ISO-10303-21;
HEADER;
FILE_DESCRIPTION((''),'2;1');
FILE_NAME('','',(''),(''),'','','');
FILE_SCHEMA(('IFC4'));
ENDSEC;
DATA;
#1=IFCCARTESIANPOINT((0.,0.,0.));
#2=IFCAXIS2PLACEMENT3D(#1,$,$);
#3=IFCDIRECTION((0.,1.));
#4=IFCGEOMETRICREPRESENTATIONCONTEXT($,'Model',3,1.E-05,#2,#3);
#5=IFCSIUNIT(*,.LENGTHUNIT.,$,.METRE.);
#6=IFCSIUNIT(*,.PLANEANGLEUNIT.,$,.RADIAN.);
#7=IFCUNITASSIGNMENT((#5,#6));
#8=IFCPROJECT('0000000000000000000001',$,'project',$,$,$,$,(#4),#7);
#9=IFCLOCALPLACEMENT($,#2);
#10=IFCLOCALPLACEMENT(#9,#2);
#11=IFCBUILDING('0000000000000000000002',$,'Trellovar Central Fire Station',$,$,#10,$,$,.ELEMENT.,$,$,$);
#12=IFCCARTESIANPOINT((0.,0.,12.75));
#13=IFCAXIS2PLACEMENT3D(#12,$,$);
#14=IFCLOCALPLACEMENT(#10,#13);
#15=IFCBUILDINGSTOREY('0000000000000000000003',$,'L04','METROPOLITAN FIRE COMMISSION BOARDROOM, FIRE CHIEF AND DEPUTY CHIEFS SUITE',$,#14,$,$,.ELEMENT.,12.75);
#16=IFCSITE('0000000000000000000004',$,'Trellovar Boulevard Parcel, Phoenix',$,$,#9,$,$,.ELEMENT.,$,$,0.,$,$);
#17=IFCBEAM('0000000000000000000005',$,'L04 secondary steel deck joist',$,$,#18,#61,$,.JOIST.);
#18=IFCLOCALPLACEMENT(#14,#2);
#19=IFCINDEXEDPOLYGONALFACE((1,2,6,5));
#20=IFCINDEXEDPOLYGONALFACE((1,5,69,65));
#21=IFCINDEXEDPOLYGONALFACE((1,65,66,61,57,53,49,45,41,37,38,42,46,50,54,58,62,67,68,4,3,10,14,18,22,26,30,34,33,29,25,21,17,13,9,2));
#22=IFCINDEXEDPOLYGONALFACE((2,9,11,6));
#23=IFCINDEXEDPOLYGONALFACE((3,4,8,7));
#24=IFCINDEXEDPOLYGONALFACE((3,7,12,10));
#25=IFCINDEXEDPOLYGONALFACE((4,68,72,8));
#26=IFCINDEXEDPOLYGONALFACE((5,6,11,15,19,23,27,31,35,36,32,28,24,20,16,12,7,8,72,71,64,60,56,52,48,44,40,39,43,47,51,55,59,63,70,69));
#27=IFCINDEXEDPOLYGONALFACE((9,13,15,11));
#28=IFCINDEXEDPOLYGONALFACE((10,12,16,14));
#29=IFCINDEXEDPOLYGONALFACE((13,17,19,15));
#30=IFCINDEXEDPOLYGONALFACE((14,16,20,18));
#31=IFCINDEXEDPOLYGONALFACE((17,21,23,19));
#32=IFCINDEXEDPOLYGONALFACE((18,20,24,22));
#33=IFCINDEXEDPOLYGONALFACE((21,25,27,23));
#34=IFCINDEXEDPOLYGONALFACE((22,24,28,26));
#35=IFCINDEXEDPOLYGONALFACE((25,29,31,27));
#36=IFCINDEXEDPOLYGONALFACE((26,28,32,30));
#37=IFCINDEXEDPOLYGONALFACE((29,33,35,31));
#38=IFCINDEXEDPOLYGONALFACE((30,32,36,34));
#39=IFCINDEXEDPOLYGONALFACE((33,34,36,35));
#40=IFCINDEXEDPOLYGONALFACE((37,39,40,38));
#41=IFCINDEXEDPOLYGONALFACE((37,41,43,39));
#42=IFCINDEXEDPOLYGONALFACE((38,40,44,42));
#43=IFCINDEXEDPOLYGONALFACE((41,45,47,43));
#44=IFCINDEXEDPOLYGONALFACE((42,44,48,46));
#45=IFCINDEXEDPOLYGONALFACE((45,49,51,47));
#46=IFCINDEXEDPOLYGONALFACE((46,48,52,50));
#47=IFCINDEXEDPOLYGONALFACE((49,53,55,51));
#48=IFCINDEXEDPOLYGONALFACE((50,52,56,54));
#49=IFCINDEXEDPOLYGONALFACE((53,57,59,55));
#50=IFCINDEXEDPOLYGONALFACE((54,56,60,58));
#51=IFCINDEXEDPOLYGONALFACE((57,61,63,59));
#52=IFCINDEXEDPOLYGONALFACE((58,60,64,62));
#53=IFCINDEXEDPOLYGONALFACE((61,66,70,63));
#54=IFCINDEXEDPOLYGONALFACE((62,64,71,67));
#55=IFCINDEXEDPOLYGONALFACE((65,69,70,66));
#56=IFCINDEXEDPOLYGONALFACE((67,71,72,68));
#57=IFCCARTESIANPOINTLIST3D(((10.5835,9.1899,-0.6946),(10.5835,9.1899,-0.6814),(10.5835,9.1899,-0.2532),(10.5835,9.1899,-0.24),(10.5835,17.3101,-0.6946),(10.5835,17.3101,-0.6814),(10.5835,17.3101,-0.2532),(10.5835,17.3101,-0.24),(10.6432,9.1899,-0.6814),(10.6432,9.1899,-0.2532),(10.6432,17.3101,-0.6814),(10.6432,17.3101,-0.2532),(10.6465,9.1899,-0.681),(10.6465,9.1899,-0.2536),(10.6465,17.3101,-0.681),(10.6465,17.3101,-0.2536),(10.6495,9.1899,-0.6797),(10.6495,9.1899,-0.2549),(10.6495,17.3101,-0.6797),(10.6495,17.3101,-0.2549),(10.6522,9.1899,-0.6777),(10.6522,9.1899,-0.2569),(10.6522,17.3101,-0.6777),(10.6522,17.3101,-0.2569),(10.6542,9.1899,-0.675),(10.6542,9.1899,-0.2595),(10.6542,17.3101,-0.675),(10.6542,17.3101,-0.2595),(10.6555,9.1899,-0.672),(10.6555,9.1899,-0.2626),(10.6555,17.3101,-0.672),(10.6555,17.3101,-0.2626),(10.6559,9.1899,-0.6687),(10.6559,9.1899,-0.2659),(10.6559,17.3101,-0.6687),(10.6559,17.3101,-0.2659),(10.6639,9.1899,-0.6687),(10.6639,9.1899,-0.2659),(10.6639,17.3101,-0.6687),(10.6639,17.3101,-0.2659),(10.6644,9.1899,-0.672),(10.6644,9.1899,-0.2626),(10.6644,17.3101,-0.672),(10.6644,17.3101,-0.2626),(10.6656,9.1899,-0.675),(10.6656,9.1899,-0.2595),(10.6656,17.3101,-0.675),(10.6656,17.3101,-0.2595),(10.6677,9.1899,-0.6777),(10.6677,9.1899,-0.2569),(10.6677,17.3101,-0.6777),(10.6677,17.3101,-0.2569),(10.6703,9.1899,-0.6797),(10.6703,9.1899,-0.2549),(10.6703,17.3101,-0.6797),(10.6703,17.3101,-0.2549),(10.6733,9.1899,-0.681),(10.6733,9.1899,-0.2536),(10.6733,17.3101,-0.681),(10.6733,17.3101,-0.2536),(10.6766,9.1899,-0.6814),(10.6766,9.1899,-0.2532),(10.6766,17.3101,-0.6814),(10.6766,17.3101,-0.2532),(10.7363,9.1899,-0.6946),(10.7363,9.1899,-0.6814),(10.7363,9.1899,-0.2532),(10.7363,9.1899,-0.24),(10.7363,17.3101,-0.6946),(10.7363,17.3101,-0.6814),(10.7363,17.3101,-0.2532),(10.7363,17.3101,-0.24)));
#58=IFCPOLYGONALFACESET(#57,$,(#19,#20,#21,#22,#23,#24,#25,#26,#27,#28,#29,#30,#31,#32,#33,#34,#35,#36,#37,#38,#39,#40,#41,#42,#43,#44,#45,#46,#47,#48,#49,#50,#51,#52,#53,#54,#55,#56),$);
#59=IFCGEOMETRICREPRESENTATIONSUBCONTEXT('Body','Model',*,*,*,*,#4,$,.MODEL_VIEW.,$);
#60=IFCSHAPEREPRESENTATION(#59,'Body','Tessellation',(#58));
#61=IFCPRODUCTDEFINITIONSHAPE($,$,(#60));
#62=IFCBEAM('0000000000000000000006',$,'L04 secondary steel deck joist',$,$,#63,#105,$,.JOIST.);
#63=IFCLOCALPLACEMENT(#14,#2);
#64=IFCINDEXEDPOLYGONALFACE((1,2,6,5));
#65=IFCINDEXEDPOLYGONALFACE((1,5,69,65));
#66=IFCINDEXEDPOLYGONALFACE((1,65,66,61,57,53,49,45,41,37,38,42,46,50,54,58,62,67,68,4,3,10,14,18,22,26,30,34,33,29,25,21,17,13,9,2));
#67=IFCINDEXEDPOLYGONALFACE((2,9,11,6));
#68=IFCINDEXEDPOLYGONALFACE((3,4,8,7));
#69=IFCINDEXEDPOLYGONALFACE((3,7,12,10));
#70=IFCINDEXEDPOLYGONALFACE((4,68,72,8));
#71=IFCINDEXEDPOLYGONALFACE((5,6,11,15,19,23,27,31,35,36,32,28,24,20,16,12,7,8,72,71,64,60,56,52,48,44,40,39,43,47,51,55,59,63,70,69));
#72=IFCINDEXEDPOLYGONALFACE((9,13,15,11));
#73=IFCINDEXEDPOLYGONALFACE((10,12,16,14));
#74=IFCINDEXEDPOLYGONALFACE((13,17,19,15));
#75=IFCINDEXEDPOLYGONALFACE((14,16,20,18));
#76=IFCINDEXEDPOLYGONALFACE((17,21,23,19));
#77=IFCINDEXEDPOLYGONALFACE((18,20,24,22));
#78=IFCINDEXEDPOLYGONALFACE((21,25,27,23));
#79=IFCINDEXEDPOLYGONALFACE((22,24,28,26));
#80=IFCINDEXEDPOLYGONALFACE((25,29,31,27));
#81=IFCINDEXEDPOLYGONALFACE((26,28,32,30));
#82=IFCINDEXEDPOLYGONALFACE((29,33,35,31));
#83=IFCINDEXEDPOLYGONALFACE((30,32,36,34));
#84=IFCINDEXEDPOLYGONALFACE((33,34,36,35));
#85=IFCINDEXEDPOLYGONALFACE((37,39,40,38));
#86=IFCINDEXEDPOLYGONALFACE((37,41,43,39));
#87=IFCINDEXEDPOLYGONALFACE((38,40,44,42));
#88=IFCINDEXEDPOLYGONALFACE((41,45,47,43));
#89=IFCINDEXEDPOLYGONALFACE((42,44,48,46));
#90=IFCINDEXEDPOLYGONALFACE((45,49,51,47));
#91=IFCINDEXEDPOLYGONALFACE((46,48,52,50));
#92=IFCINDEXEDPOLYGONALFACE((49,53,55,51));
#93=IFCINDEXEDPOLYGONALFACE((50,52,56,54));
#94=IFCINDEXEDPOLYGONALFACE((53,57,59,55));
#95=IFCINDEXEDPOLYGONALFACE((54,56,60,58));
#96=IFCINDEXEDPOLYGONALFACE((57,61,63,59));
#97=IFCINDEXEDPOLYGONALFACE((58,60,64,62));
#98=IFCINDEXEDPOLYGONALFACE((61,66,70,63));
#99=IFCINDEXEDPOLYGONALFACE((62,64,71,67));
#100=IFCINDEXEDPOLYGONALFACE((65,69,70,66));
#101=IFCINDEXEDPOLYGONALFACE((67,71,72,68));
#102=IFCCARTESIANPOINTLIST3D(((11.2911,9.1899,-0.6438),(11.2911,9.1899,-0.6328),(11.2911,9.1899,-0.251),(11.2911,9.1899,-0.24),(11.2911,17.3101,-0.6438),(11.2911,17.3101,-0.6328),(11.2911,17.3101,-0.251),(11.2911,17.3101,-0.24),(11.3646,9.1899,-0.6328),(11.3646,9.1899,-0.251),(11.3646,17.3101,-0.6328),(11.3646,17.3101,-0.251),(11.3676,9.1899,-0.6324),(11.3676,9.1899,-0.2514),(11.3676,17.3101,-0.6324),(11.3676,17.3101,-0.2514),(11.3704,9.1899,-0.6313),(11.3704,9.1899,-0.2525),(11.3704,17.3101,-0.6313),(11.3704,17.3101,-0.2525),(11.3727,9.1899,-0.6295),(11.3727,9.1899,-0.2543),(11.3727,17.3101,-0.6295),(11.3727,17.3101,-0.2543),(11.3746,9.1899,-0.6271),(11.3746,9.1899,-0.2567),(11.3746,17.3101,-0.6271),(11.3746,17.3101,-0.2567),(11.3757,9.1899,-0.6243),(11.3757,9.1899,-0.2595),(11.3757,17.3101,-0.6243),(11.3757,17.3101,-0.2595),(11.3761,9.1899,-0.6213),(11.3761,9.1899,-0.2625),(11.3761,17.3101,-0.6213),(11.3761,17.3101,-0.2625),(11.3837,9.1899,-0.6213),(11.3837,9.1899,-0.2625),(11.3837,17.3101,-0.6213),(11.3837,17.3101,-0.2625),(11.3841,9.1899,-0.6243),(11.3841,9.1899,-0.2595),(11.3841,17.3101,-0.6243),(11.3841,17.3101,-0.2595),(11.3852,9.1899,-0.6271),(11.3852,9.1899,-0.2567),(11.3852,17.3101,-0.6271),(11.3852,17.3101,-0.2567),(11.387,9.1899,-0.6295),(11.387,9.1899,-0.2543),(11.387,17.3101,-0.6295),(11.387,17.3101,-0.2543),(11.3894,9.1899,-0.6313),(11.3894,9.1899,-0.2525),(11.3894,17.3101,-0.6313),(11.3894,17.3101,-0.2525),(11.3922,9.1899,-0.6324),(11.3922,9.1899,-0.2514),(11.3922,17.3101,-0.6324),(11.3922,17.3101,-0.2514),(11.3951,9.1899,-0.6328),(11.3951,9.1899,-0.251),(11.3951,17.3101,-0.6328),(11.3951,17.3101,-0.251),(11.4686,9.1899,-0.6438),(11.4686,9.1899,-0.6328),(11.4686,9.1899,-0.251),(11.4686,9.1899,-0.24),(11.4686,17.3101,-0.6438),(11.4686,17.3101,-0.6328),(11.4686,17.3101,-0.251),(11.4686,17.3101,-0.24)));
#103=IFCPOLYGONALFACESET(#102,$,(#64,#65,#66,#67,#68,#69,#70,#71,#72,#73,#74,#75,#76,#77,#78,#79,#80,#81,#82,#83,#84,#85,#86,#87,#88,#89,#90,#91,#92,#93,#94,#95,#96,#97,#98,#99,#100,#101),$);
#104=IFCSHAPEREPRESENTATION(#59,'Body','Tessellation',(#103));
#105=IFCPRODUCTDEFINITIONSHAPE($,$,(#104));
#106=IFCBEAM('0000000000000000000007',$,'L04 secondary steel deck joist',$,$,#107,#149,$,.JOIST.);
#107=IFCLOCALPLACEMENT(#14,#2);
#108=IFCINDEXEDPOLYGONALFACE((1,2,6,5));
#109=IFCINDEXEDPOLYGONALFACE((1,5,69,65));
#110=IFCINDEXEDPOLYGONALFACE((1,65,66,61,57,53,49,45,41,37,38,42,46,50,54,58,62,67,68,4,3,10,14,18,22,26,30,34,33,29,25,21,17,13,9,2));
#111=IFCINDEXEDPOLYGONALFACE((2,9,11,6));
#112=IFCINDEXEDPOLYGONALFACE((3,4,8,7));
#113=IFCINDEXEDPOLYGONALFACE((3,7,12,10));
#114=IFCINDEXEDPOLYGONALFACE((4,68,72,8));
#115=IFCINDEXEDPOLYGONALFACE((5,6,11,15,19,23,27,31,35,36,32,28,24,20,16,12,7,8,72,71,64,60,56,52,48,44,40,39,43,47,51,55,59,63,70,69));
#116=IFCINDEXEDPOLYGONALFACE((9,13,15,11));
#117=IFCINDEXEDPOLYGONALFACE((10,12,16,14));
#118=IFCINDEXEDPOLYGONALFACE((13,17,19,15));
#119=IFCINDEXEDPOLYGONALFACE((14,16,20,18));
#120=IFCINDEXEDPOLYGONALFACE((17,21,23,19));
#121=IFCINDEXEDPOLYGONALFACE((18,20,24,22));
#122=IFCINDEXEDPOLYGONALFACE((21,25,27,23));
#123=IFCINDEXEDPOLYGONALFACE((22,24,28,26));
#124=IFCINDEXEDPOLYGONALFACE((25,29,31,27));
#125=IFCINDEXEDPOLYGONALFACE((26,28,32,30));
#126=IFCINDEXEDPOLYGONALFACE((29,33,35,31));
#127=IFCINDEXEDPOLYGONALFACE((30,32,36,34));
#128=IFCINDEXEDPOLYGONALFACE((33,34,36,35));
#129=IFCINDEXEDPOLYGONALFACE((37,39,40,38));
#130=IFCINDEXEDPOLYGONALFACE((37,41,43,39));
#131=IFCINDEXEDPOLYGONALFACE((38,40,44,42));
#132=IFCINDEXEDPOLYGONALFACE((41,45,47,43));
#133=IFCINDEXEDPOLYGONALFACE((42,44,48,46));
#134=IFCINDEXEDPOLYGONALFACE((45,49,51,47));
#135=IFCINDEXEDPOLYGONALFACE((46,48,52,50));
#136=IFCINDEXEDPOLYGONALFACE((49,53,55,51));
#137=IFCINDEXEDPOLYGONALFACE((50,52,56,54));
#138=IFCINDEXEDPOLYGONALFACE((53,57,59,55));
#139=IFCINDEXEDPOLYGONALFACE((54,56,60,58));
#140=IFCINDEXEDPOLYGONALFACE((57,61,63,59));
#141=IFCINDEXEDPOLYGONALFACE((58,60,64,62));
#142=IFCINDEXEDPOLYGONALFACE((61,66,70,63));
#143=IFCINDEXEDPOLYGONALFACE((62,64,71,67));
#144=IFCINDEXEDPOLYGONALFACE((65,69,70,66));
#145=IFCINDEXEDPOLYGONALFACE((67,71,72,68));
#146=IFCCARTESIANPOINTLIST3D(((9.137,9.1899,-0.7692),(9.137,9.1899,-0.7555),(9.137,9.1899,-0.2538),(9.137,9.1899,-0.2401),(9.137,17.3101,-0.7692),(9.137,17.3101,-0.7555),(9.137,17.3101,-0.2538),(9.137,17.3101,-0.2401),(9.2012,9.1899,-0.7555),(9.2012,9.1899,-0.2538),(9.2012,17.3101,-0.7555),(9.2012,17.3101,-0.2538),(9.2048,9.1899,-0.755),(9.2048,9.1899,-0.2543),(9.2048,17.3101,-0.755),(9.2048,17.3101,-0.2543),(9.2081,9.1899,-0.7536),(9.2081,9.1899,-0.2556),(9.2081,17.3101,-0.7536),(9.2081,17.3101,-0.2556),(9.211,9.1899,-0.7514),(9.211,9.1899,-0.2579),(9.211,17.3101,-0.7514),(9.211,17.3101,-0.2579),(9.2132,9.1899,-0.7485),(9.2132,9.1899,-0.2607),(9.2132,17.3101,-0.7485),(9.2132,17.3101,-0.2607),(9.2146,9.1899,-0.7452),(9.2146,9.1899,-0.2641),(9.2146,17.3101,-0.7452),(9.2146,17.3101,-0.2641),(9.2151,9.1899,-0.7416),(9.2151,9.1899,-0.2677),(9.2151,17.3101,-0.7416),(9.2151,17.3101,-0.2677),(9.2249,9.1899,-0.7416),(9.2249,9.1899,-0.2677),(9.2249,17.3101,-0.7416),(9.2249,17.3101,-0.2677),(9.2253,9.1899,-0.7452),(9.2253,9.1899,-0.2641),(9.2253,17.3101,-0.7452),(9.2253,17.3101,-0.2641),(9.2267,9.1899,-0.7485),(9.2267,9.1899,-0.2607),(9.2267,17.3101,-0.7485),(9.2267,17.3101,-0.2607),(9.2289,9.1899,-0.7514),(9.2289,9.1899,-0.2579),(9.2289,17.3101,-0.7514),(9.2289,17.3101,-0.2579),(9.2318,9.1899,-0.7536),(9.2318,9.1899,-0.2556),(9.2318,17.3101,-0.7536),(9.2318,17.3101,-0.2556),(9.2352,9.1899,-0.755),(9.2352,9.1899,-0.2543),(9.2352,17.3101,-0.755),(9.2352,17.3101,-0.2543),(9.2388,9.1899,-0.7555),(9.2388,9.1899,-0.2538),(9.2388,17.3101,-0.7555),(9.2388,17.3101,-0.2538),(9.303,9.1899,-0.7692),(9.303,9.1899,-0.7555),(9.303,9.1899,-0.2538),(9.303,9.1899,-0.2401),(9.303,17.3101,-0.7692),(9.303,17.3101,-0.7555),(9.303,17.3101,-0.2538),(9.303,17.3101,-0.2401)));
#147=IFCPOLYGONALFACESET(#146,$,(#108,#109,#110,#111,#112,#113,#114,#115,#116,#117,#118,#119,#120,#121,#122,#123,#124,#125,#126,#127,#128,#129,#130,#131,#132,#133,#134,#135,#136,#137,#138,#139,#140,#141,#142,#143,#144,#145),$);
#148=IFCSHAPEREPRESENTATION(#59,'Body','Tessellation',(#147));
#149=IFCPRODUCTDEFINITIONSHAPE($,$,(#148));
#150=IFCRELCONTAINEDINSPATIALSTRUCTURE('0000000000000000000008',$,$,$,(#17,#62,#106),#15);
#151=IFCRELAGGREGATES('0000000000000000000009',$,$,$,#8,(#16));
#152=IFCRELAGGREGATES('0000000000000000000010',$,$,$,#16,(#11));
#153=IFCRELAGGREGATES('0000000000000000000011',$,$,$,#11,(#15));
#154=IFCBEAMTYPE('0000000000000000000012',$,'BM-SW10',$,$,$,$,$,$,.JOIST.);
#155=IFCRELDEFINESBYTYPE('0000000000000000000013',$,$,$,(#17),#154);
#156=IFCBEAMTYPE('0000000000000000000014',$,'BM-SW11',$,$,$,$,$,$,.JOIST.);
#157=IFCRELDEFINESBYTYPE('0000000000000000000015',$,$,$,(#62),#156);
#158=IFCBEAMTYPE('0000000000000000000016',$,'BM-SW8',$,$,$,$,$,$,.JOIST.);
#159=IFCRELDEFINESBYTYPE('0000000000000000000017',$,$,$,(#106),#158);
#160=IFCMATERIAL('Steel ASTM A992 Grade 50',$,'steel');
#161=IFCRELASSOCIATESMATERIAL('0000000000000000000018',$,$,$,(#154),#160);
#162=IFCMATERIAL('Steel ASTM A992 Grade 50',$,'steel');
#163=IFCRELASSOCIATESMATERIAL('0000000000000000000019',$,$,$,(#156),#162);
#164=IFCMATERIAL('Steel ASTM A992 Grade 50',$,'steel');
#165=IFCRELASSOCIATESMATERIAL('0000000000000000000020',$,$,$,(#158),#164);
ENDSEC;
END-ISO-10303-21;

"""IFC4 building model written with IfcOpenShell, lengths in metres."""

from ifc_helpers import new_model, si_unit, direction, frame, origin, origin_2d, place, context, subcontext, project, spatial, i_section, extrude, material, material_profile, profile_set, type_object, element, save


model = new_model("IFC4")

# Units and contexts
model_context = context("Model", 3, precision=1e-05, world=origin(), true_north=direction((0.0, 1.0)))
body_context = subcontext(model_context, "Body", "Model", "MODEL_VIEW")
ifc_project = project(units=[si_unit("LENGTHUNIT", "METRE"), si_unit("PLANEANGLEUNIT", "RADIAN")], contexts=[model_context])

# Site, building, storey
site_placement = place(None, origin())
site = spatial("IfcSite", under=ifc_project, at=site_placement, Name="Trellovar Boulevard Parcel, Phoenix", CompositionType="ELEMENT", RefElevation=0.0)
building_placement = place(site_placement, origin())
building = spatial("IfcBuilding", under=site, at=building_placement, Name="Trellovar Central Fire Station", CompositionType="ELEMENT")
storey_placement = place(building_placement, frame((0.0, 0.0, 12.75)))
storey = spatial("IfcBuildingStorey", under=building, at=storey_placement, Name="L04", Description="METROPOLITAN FIRE COMMISSION BOARDROOM, FIRE CHIEF AND DEPUTY CHIEFS SUITE", CompositionType="ELEMENT", Elevation=12.75)

# Beams
ifc_material_1 = material(Name="Steel ASTM A992 Grade 50", Category="steel")
ifc_material_profile_1 = material_profile(ifc_material_1, i_section(OverallWidth=0.1528, OverallDepth=0.4546, WebThickness=0.0081, FlangeThickness=0.0132, FilletRadius=0.0127, at=origin_2d()), Name="W18X40")
ifc_profile_set_1 = profile_set([ifc_material_profile_1], Name="Steel ASTM A992 Grade 50")
beam_type_1 = type_object("IfcBeamType", Name="BM-SW10", PredefinedType="JOIST", material=ifc_profile_set_1)
beam_1_placement = place(storey_placement, frame((10.6599, 9.1899, -0.4673), z_axis=(0.0, 1.0, 0.0), x_axis=(-1.0, 0.0, 0.0)))
element("IfcBeam", 1, at=beam_1_placement, inside=storey, type_object=beam_type_1, Name="L04 secondary steel deck joist", PredefinedType="JOIST", context=body_context, shape_type="SweptSolid", body=[
    extrude(i_section(OverallWidth=0.1528, OverallDepth=0.4546, WebThickness=0.0081, FlangeThickness=0.0132, FilletRadius=0.0127, at=origin_2d()), origin(), (0.0, 0.0, 1.0), 8.1201),
])
ifc_material_2 = material(Name="Steel ASTM A992 Grade 50", Category="steel")
ifc_material_profile_2 = material_profile(ifc_material_2, i_section(OverallWidth=0.1775, OverallDepth=0.4038, WebThickness=0.0076, FlangeThickness=0.011, FilletRadius=0.0115, at=origin_2d()), Name="W16X36")
ifc_profile_set_2 = profile_set([ifc_material_profile_2], Name="Steel ASTM A992 Grade 50")
beam_type_2 = type_object("IfcBeamType", Name="BM-SW11", PredefinedType="JOIST", material=ifc_profile_set_2)
beam_2_placement = place(storey_placement, frame((11.3799, 9.1899, -0.4419), z_axis=(0.0, 1.0, 0.0), x_axis=(-1.0, 0.0, 0.0)))
element("IfcBeam", 2, at=beam_2_placement, inside=storey, type_object=beam_type_2, Name="L04 secondary steel deck joist", PredefinedType="JOIST", context=body_context, shape_type="SweptSolid", body=[
    extrude(i_section(OverallWidth=0.1775, OverallDepth=0.4038, WebThickness=0.0076, FlangeThickness=0.011, FilletRadius=0.0115, at=origin_2d()), origin(), (0.0, 0.0, 1.0), 8.1201),
])
ifc_material_3 = material(Name="Steel ASTM A992 Grade 50", Category="steel")
ifc_material_profile_3 = material_profile(ifc_material_3, i_section(OverallWidth=0.166, OverallDepth=0.5291, WebThickness=0.0098, FlangeThickness=0.0137, FilletRadius=0.0139, at=origin_2d()), Name="W21X50")
ifc_profile_set_3 = profile_set([ifc_material_profile_3], Name="Steel ASTM A992 Grade 50")
beam_type_3 = type_object("IfcBeamType", Name="BM-SW8", PredefinedType="JOIST", material=ifc_profile_set_3)
beam_3_placement = place(storey_placement, frame((9.22, 9.1899, -0.5046), z_axis=(0.0, 1.0, 0.0), x_axis=(-1.0, 0.0, 0.0)))
element("IfcBeam", 3, at=beam_3_placement, inside=storey, type_object=beam_type_3, Name="L04 secondary steel deck joist", PredefinedType="JOIST", context=body_context, shape_type="SweptSolid", body=[
    extrude(i_section(OverallWidth=0.166, OverallDepth=0.5291, WebThickness=0.0098, FlangeThickness=0.0137, FilletRadius=0.0139, at=origin_2d()), origin(), (0.0, 0.0, 1.0), 8.1201),
])

save(model, "model.ifc")
